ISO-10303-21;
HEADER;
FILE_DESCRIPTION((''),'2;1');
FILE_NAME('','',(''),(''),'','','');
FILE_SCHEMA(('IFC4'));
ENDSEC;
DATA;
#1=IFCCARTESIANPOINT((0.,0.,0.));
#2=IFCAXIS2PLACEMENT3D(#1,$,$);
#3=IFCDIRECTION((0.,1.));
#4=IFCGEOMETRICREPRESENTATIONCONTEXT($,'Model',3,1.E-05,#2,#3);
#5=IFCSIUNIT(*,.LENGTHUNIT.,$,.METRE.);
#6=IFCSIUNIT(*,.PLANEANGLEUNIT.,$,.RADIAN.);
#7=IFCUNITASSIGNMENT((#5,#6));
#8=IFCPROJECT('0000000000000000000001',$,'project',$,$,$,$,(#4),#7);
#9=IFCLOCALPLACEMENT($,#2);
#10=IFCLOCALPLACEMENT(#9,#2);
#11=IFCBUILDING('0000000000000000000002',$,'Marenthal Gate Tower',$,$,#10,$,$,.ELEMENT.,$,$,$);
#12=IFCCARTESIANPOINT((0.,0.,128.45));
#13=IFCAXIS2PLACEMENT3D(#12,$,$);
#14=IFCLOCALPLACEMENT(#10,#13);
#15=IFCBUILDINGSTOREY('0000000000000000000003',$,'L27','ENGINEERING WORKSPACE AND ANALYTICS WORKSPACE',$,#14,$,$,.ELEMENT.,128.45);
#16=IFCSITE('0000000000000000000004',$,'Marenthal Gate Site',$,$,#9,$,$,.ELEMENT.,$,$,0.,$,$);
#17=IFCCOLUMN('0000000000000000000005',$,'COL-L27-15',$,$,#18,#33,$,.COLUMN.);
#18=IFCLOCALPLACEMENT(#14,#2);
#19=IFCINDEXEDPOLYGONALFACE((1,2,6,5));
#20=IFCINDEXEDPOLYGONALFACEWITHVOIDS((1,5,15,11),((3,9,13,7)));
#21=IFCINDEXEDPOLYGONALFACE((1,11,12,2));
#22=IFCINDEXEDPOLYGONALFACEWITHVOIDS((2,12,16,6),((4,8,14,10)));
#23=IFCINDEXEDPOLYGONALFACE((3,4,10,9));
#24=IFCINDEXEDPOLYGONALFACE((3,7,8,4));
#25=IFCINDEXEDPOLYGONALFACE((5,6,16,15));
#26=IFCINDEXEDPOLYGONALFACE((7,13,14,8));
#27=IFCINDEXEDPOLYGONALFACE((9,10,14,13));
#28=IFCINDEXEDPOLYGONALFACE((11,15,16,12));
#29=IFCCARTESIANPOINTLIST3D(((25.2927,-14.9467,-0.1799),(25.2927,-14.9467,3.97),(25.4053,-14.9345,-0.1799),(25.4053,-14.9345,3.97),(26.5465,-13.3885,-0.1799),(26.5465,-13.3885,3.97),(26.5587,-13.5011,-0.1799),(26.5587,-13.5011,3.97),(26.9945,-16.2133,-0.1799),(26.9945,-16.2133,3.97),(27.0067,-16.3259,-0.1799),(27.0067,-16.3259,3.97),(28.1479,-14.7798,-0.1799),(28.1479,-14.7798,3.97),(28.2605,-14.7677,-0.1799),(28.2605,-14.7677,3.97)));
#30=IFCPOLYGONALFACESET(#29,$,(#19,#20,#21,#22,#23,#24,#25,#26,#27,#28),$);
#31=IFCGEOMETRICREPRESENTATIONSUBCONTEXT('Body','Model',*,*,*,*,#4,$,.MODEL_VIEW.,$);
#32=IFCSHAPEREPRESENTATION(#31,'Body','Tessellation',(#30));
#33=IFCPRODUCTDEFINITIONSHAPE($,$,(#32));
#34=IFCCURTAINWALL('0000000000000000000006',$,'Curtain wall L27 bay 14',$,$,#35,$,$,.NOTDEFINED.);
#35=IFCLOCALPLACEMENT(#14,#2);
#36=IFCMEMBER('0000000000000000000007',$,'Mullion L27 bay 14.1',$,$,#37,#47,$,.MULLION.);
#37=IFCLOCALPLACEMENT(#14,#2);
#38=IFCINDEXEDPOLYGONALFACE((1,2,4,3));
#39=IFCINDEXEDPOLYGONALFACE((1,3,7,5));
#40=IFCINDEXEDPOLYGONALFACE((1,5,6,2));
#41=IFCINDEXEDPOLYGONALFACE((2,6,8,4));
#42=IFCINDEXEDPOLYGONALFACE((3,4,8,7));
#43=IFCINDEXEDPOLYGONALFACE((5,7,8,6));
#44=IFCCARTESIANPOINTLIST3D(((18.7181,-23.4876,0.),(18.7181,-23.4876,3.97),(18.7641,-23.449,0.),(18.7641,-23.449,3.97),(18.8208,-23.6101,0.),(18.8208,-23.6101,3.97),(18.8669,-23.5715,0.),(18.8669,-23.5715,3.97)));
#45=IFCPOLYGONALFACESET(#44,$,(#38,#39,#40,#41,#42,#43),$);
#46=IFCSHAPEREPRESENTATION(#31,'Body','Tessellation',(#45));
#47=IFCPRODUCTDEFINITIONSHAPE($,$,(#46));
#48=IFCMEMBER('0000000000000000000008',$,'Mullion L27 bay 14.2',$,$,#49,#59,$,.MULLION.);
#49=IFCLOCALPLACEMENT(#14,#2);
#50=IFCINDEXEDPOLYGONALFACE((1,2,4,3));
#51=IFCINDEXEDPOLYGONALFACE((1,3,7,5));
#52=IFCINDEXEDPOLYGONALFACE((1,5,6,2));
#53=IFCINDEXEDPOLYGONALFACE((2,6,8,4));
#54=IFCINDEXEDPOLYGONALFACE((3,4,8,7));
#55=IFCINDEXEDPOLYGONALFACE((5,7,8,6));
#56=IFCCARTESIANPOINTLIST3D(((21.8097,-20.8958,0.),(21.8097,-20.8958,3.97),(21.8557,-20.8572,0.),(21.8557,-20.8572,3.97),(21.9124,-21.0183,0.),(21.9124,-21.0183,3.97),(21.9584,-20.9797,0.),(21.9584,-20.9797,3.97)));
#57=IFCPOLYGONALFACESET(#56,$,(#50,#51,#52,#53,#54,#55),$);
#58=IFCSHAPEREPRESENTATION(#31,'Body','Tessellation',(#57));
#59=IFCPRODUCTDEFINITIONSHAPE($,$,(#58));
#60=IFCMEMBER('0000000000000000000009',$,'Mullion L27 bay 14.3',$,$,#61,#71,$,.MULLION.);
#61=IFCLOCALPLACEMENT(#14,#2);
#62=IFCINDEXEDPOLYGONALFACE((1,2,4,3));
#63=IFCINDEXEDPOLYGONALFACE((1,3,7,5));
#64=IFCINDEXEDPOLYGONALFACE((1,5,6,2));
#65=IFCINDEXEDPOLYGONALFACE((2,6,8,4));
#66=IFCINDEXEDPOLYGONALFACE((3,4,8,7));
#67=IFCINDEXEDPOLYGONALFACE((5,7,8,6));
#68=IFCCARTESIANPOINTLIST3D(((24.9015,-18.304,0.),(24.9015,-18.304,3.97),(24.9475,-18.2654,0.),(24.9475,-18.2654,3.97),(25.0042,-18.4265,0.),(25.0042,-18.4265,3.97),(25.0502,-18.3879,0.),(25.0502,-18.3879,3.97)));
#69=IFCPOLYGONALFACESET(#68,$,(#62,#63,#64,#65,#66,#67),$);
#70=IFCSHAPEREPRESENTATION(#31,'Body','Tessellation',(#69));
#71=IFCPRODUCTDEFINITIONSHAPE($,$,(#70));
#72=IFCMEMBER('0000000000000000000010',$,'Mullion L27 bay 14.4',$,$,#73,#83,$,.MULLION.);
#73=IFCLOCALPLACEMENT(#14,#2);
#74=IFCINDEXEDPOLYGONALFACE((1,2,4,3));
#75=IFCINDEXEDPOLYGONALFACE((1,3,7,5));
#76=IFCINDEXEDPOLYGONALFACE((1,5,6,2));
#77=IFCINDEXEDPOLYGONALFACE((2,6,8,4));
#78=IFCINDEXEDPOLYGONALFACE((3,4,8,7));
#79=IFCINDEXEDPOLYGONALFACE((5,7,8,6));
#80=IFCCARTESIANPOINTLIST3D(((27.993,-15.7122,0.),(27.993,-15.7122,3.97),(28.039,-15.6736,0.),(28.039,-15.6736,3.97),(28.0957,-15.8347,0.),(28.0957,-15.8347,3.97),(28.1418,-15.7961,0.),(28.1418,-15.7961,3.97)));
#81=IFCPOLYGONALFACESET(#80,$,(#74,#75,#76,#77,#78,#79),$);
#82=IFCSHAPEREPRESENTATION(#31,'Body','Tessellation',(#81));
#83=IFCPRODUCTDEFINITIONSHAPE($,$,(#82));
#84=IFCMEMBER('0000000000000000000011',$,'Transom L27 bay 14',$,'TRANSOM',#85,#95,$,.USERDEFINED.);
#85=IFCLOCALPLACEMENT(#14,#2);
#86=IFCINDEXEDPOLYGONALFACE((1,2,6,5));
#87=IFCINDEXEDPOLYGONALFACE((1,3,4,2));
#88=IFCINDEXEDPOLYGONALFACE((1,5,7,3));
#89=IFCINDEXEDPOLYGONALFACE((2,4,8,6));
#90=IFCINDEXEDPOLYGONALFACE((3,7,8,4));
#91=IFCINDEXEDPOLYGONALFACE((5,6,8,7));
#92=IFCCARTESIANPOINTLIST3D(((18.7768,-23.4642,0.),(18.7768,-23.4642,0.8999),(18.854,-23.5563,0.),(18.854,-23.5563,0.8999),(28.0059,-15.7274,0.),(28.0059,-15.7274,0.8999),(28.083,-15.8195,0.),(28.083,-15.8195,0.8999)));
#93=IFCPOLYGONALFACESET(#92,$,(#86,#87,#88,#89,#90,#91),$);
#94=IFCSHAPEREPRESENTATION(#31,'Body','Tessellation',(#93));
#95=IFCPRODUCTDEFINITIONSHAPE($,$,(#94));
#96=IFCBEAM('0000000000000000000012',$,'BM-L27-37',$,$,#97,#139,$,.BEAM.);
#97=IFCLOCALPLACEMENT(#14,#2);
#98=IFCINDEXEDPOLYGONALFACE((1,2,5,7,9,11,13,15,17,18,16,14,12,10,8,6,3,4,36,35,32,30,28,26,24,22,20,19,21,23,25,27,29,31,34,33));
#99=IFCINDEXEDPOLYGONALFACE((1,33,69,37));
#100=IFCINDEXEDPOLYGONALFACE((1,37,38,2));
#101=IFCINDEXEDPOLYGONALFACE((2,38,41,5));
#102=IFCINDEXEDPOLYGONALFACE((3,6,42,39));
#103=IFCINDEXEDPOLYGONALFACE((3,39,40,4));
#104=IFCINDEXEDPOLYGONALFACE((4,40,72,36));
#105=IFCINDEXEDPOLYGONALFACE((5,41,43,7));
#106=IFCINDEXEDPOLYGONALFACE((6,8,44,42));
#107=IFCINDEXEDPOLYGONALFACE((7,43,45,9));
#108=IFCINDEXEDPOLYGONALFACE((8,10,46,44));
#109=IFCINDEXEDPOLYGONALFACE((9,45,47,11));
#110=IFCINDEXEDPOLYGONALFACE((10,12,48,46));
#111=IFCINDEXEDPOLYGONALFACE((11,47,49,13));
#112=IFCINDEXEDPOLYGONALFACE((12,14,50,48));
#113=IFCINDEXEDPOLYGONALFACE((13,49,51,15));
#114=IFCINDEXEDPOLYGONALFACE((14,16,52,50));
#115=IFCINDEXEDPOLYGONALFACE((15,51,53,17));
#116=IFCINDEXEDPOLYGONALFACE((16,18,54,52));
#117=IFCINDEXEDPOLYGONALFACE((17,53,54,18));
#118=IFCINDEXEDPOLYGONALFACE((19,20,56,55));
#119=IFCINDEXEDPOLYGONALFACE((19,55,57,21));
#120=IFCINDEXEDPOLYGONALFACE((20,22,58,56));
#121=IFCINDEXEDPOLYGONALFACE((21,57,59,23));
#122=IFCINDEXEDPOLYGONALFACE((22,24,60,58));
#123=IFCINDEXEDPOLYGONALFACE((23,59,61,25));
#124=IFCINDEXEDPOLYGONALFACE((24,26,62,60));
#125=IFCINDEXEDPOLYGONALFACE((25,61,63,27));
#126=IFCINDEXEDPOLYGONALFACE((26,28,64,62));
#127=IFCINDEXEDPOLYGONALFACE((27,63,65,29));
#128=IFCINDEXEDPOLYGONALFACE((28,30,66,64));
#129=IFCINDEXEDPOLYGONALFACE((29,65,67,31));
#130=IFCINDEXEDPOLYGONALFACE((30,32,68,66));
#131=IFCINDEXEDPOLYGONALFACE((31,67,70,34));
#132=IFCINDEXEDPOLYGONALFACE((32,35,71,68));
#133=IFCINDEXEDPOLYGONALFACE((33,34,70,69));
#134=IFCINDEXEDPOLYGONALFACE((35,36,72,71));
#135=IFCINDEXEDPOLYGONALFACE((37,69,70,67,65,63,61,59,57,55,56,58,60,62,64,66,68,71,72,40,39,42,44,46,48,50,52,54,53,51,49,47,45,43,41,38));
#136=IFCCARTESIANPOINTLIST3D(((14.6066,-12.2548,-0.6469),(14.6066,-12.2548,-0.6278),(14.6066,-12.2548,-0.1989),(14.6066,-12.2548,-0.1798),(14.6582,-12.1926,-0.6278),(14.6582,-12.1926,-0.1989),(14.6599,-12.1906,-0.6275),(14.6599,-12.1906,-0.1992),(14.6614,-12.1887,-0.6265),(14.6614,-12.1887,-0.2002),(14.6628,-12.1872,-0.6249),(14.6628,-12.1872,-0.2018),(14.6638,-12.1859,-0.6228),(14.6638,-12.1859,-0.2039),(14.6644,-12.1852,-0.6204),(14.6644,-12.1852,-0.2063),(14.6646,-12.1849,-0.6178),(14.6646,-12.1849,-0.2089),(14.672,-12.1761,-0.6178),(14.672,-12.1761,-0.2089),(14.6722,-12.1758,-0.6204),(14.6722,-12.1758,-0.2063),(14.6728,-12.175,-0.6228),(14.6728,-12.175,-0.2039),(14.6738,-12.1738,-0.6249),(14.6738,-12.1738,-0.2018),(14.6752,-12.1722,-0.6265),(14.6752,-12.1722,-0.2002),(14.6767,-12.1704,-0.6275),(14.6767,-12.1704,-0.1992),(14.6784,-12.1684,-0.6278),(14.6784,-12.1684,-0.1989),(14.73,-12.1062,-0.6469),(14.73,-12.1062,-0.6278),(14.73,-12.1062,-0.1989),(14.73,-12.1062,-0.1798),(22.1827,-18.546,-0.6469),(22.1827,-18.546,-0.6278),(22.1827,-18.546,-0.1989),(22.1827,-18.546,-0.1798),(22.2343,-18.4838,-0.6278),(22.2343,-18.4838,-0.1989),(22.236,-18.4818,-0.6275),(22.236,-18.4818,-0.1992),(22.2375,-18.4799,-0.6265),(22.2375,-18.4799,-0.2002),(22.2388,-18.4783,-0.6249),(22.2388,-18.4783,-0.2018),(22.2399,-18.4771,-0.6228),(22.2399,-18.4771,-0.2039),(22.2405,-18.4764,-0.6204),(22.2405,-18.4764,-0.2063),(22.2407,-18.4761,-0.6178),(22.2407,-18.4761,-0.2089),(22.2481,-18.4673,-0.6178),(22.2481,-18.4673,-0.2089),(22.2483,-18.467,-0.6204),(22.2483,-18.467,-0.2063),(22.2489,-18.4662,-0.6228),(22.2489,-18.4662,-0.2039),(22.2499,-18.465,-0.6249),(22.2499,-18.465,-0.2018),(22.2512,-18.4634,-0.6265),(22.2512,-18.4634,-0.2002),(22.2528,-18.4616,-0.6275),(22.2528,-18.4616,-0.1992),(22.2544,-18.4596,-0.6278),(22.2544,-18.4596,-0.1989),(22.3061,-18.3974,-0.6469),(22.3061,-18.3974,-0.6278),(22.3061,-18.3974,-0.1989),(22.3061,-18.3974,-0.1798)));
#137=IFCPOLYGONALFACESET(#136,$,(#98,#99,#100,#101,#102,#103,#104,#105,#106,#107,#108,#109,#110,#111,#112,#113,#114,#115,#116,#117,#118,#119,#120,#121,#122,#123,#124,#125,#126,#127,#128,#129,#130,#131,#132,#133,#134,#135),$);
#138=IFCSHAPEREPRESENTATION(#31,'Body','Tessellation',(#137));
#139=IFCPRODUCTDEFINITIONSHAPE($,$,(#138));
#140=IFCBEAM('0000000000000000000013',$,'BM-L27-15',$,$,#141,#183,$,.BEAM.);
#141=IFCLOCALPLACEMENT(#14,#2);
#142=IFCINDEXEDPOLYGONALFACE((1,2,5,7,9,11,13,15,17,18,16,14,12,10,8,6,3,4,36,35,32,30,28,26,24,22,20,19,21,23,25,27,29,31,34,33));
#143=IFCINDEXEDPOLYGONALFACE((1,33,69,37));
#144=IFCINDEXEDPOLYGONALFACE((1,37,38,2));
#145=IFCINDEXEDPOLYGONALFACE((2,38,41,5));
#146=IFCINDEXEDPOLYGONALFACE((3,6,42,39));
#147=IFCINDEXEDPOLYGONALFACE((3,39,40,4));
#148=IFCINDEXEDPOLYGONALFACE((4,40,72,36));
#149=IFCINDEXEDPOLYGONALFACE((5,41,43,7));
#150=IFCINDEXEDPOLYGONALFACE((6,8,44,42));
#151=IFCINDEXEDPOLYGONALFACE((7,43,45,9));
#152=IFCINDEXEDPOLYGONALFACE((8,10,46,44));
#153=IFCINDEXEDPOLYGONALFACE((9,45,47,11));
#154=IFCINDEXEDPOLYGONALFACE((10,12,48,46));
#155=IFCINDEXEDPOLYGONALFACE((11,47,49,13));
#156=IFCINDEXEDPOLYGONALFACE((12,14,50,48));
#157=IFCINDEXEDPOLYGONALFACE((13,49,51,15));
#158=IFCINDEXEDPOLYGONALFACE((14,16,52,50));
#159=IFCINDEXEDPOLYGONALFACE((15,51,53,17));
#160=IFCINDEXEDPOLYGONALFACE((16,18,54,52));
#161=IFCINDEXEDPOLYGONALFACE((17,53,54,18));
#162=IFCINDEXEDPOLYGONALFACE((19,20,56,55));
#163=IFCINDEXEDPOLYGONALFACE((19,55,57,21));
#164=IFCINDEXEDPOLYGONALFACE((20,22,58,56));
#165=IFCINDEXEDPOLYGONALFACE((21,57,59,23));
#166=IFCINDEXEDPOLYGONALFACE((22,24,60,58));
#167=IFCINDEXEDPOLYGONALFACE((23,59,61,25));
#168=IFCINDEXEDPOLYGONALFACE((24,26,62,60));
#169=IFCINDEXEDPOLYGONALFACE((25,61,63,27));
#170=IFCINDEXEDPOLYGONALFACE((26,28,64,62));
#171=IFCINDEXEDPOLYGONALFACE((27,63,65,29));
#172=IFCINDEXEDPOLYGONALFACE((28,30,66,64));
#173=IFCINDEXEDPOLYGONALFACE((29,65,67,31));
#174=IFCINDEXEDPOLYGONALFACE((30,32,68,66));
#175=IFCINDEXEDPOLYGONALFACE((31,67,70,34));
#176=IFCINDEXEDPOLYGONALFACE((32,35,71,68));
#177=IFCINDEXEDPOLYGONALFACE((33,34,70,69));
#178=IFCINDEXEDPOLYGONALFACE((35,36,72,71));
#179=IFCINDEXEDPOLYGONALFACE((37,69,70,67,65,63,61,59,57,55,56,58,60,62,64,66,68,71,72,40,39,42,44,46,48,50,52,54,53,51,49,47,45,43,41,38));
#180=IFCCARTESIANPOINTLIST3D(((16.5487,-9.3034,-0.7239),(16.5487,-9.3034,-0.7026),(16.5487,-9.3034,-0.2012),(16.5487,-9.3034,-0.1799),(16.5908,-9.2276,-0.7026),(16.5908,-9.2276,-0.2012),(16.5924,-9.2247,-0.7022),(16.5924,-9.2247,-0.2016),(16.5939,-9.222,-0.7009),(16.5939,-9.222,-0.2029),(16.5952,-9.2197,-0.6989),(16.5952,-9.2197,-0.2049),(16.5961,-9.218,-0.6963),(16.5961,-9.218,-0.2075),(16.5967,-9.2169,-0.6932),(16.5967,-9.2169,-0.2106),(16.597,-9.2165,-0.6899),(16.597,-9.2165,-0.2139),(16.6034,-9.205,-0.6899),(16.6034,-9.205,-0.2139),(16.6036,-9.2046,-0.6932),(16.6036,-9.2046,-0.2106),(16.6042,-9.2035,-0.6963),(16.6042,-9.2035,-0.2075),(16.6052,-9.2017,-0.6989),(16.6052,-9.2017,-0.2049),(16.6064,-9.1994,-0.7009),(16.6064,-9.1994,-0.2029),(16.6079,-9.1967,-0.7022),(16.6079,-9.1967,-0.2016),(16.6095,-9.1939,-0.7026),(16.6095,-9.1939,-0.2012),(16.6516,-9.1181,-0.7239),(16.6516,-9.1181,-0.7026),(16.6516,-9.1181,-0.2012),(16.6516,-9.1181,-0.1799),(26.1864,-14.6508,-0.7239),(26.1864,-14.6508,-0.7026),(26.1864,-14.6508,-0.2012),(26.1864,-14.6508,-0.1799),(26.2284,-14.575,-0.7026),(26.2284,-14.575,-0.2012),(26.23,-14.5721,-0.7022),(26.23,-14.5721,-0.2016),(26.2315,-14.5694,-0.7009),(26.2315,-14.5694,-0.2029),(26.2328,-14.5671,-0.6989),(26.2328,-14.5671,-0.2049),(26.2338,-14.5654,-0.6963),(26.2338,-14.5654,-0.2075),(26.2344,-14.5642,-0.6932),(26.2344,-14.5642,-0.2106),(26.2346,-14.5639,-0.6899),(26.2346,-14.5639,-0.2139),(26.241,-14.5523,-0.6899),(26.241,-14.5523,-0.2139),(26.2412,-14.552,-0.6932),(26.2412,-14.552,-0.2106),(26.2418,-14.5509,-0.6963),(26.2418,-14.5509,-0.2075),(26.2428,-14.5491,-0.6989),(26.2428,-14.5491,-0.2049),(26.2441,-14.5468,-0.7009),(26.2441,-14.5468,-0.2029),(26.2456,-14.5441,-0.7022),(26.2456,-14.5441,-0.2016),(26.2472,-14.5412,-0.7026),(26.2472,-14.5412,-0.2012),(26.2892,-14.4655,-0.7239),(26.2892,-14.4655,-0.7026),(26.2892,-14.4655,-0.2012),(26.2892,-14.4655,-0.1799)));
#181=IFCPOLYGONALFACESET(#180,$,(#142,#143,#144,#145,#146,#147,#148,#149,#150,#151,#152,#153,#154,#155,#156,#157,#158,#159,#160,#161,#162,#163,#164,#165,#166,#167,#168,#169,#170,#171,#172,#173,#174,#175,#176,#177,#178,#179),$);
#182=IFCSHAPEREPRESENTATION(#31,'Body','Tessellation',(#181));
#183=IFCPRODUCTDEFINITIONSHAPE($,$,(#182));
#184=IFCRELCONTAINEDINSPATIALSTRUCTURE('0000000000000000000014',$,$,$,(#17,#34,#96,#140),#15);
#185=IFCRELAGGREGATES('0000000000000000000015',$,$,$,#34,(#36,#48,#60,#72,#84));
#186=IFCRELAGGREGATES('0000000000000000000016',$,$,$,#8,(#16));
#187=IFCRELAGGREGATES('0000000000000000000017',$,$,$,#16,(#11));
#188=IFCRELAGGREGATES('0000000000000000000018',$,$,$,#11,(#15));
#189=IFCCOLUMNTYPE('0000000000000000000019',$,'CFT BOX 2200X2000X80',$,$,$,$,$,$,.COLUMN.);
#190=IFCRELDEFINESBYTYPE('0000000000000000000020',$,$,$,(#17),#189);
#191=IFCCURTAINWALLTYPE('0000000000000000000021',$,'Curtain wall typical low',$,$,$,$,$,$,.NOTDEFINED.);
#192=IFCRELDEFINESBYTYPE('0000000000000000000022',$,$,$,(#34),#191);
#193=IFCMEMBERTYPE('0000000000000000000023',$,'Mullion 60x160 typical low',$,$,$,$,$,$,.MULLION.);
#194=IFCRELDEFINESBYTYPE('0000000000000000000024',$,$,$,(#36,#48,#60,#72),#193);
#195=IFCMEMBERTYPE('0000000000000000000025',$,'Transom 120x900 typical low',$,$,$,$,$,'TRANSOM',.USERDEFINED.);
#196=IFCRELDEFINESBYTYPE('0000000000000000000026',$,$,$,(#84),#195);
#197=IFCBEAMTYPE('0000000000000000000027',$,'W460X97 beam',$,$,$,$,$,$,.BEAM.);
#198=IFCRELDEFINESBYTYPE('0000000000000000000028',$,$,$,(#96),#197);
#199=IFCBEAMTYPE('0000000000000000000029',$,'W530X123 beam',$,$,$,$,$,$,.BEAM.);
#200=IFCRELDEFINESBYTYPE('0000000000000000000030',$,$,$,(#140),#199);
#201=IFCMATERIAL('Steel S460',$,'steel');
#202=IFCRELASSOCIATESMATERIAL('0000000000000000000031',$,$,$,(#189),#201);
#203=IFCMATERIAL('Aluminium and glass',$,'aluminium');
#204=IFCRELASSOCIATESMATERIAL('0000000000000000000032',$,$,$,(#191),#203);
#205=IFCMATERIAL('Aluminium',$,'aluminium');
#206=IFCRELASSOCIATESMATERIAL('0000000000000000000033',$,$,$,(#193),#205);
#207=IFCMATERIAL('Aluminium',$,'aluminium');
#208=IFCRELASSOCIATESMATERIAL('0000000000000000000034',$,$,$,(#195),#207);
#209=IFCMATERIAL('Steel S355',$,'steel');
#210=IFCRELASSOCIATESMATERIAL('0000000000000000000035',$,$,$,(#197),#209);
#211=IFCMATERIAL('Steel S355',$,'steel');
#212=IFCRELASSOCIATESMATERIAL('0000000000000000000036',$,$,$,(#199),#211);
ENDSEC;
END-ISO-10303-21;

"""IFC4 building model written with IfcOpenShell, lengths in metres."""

from ifc_helpers import new_model, si_unit, direction, frame, origin, origin_2d, place, context, subcontext, project, spatial, rectangle, hollow_rectangle, i_section, extrude, material, material_profile, profile_set, type_object, element, aggregate, save


model = new_model("IFC4")

# Units and contexts
model_context = context("Model", 3, precision=1e-05, world=origin(), true_north=direction((0.0, 1.0)))
body_context = subcontext(model_context, "Body", "Model", "MODEL_VIEW")
ifc_project = project(units=[si_unit("LENGTHUNIT", "METRE"), si_unit("PLANEANGLEUNIT", "RADIAN")], contexts=[model_context])

# Site, building, storey
site_placement = place(None, origin())
site = spatial("IfcSite", under=ifc_project, at=site_placement, Name="Marenthal Gate Site", CompositionType="ELEMENT", RefElevation=0.0)
building_placement = place(site_placement, origin())
building = spatial("IfcBuilding", under=site, at=building_placement, Name="Marenthal Gate Tower", CompositionType="ELEMENT")
storey_placement = place(building_placement, frame((0.0, 0.0, 128.45)))
storey = spatial("IfcBuildingStorey", under=building, at=storey_placement, Name="L27", Description="ENGINEERING WORKSPACE AND ANALYTICS WORKSPACE", CompositionType="ELEMENT", Elevation=128.45)

# Column
ifc_material_1 = material(Name="Steel S460", Category="steel")
ifc_material_profile_1 = material_profile(ifc_material_1, hollow_rectangle(XDim=2.0, YDim=2.2, WallThickness=0.0801, at=origin_2d()), Name="CFT BOX 2200X2000X80")
ifc_material_2 = material(Name="Concrete 70 MPa", Category="concrete")
ifc_material_profile_2 = material_profile(ifc_material_2, rectangle(XDim=1.8401, YDim=2.04, at=origin_2d()), Name="CFT BOX 2200X2000X80 INFILL")
ifc_profile_set_1 = profile_set([ifc_material_profile_1, ifc_material_profile_2], Name="Steel S460 shell, Concrete 70 MPa infill")
column_type = type_object("IfcColumnType", Name="CFT BOX 2200X2000X80", PredefinedType="COLUMN", material=ifc_profile_set_1)
column_placement = place(storey_placement, frame((26.7766, -14.8572, -0.1799), z_axis=(0.0, 0.0, 1.0), x_axis=(-0.626903, -0.779097, 0.0)))
element("IfcColumn", 1, at=column_placement, inside=storey, type_object=column_type, Name="COL-L27-15", PredefinedType="COLUMN", context=body_context, shape_type="SweptSolid", body=[
    extrude(hollow_rectangle(XDim=2.0, YDim=2.2, WallThickness=0.0801, at=origin_2d()), origin(), (0.0, 0.0, 1.0), 4.1499),
])

# Curtain wall, members
ifc_material_3 = material(Name="Aluminium and glass", Category="aluminium")
curtain_wall_type = type_object("IfcCurtainWallType", Name="Curtain wall typical low", PredefinedType="NOTDEFINED", material=ifc_material_3)
curtain_wall_placement = place(storey_placement, origin())
curtain_wall = element("IfcCurtainWall", 2, at=curtain_wall_placement, inside=storey, type_object=curtain_wall_type, Name="Curtain wall L27 bay 14", PredefinedType="NOTDEFINED")
ifc_material_4 = material(Name="Aluminium", Category="aluminium")
ifc_material_profile_3 = material_profile(ifc_material_4, rectangle(XDim=0.1599, YDim=0.0601, at=origin_2d()), Name="60x160 aluminium mullion")
ifc_profile_set_2 = profile_set([ifc_material_profile_3], Name="Aluminium")
member_type_1 = type_object("IfcMemberType", Name="Mullion 60x160 typical low", PredefinedType="MULLION", material=ifc_profile_set_2)
member_1_placement = place(storey_placement, frame((18.7925, -23.5295, 0.0), z_axis=(0.0, 0.0, 1.0), x_axis=(-0.642438, 0.766338, 0.0)))
member_1 = element("IfcMember", 3, at=member_1_placement, type_object=member_type_1, Name="Mullion L27 bay 14.1", PredefinedType="MULLION", context=body_context, shape_type="SweptSolid", body=[
    extrude(rectangle(XDim=0.1599, YDim=0.0601, at=origin_2d()), origin(), (0.0, 0.0, 1.0), 3.97),
])
member_2_placement = place(storey_placement, frame((21.884, -20.9377, 0.0), z_axis=(0.0, 0.0, 1.0), x_axis=(-0.642438, 0.766338, 0.0)))
member_2 = element("IfcMember", 4, at=member_2_placement, type_object=member_type_1, Name="Mullion L27 bay 14.2", PredefinedType="MULLION", context=body_context, shape_type="SweptSolid", body=[
    extrude(rectangle(XDim=0.1599, YDim=0.0601, at=origin_2d()), origin(), (0.0, 0.0, 1.0), 3.97),
])
member_3_placement = place(storey_placement, frame((24.9758, -18.3459, 0.0), z_axis=(0.0, 0.0, 1.0), x_axis=(-0.642438, 0.766338, 0.0)))
member_3 = element("IfcMember", 5, at=member_3_placement, type_object=member_type_1, Name="Mullion L27 bay 14.3", PredefinedType="MULLION", context=body_context, shape_type="SweptSolid", body=[
    extrude(rectangle(XDim=0.1599, YDim=0.0601, at=origin_2d()), origin(), (0.0, 0.0, 1.0), 3.97),
])
member_4_placement = place(storey_placement, frame((28.0674, -15.7542, 0.0), z_axis=(0.0, 0.0, 1.0), x_axis=(-0.642438, 0.766338, 0.0)))
member_4 = element("IfcMember", 6, at=member_4_placement, type_object=member_type_1, Name="Mullion L27 bay 14.4", PredefinedType="MULLION", context=body_context, shape_type="SweptSolid", body=[
    extrude(rectangle(XDim=0.1599, YDim=0.0601, at=origin_2d()), origin(), (0.0, 0.0, 1.0), 3.97),
])
ifc_material_5 = material(Name="Aluminium", Category="aluminium")
ifc_material_profile_4 = material_profile(ifc_material_5, rectangle(XDim=0.1201, YDim=0.8999, at=origin_2d()), Name="120x900 aluminium transom")
ifc_profile_set_3 = profile_set([ifc_material_profile_4], Name="Aluminium")
member_type_2 = type_object("IfcMemberType", Name="Transom 120x900 typical low", ElementType="TRANSOM", PredefinedType="USERDEFINED", material=ifc_profile_set_3)
member_5_placement = place(storey_placement, frame((18.8154, -23.5103, 0.45), z_axis=(0.76634, 0.642435, 0.0), x_axis=(-0.642435, 0.76634, 0.0)))
member_5 = element("IfcMember", 7, at=member_5_placement, type_object=member_type_2, Name="Transom L27 bay 14", ObjectType="TRANSOM", PredefinedType="USERDEFINED", context=body_context, shape_type="SweptSolid", body=[
    extrude(rectangle(XDim=0.1201, YDim=0.8999, at=origin_2d()), origin(), (0.0, 0.0, 1.0), 12.043),
])

# Beams
ifc_material_6 = material(Name="Steel S355", Category="steel")
ifc_material_profile_5 = material_profile(ifc_material_6, i_section(OverallWidth=0.1931, OverallDepth=0.467, WebThickness=0.0115, FlangeThickness=0.019, FilletRadius=0.01, at=origin_2d()), Name="W460X97")
ifc_profile_set_4 = profile_set([ifc_material_profile_5], Name="Steel S355")
beam_type_1 = type_object("IfcBeamType", Name="W460X97 beam", PredefinedType="BEAM", material=ifc_profile_set_4)
beam_1_placement = place(storey_placement, frame((22.2444, -18.4717, -0.4133), z_axis=(-0.76933, 0.638852, 0.0), x_axis=(-0.638852, -0.76933, 0.0)))
element("IfcBeam", 8, at=beam_1_placement, inside=storey, type_object=beam_type_1, Name="BM-L27-37", PredefinedType="BEAM", context=body_context, shape_type="SweptSolid", body=[
    extrude(i_section(OverallWidth=0.1931, OverallDepth=0.467, WebThickness=0.0115, FlangeThickness=0.019, FilletRadius=0.01, at=origin_2d()), origin(), (0.0, 0.0, 1.0), 9.8477),
])
ifc_material_7 = material(Name="Steel S355", Category="steel")
ifc_material_profile_6 = material_profile(ifc_material_7, i_section(OverallWidth=0.2119, OverallDepth=0.5439, WebThickness=0.0132, FlangeThickness=0.0212, FilletRadius=0.0127, at=origin_2d()), Name="W530X123")
ifc_profile_set_5 = profile_set([ifc_material_profile_6], Name="Steel S355")
beam_type_2 = type_object("IfcBeamType", Name="W530X123 beam", PredefinedType="BEAM", material=ifc_profile_set_5)
beam_2_placement = place(storey_placement, frame((26.2378, -14.5581, -0.4519), z_axis=(-0.874421, 0.485167, 0.0), x_axis=(-0.485167, -0.874421, 0.0)))
element("IfcBeam", 9, at=beam_2_placement, inside=storey, type_object=beam_type_2, Name="BM-L27-15", PredefinedType="BEAM", context=body_context, shape_type="SweptSolid", body=[
    extrude(i_section(OverallWidth=0.2119, OverallDepth=0.5439, WebThickness=0.0132, FlangeThickness=0.0212, FilletRadius=0.0127, at=origin_2d()), origin(), (0.0, 0.0, 1.0), 11.0217),
])

aggregate(curtain_wall, [member_1, member_2, member_3, member_4, member_5])

save(model, "model.ifc")
